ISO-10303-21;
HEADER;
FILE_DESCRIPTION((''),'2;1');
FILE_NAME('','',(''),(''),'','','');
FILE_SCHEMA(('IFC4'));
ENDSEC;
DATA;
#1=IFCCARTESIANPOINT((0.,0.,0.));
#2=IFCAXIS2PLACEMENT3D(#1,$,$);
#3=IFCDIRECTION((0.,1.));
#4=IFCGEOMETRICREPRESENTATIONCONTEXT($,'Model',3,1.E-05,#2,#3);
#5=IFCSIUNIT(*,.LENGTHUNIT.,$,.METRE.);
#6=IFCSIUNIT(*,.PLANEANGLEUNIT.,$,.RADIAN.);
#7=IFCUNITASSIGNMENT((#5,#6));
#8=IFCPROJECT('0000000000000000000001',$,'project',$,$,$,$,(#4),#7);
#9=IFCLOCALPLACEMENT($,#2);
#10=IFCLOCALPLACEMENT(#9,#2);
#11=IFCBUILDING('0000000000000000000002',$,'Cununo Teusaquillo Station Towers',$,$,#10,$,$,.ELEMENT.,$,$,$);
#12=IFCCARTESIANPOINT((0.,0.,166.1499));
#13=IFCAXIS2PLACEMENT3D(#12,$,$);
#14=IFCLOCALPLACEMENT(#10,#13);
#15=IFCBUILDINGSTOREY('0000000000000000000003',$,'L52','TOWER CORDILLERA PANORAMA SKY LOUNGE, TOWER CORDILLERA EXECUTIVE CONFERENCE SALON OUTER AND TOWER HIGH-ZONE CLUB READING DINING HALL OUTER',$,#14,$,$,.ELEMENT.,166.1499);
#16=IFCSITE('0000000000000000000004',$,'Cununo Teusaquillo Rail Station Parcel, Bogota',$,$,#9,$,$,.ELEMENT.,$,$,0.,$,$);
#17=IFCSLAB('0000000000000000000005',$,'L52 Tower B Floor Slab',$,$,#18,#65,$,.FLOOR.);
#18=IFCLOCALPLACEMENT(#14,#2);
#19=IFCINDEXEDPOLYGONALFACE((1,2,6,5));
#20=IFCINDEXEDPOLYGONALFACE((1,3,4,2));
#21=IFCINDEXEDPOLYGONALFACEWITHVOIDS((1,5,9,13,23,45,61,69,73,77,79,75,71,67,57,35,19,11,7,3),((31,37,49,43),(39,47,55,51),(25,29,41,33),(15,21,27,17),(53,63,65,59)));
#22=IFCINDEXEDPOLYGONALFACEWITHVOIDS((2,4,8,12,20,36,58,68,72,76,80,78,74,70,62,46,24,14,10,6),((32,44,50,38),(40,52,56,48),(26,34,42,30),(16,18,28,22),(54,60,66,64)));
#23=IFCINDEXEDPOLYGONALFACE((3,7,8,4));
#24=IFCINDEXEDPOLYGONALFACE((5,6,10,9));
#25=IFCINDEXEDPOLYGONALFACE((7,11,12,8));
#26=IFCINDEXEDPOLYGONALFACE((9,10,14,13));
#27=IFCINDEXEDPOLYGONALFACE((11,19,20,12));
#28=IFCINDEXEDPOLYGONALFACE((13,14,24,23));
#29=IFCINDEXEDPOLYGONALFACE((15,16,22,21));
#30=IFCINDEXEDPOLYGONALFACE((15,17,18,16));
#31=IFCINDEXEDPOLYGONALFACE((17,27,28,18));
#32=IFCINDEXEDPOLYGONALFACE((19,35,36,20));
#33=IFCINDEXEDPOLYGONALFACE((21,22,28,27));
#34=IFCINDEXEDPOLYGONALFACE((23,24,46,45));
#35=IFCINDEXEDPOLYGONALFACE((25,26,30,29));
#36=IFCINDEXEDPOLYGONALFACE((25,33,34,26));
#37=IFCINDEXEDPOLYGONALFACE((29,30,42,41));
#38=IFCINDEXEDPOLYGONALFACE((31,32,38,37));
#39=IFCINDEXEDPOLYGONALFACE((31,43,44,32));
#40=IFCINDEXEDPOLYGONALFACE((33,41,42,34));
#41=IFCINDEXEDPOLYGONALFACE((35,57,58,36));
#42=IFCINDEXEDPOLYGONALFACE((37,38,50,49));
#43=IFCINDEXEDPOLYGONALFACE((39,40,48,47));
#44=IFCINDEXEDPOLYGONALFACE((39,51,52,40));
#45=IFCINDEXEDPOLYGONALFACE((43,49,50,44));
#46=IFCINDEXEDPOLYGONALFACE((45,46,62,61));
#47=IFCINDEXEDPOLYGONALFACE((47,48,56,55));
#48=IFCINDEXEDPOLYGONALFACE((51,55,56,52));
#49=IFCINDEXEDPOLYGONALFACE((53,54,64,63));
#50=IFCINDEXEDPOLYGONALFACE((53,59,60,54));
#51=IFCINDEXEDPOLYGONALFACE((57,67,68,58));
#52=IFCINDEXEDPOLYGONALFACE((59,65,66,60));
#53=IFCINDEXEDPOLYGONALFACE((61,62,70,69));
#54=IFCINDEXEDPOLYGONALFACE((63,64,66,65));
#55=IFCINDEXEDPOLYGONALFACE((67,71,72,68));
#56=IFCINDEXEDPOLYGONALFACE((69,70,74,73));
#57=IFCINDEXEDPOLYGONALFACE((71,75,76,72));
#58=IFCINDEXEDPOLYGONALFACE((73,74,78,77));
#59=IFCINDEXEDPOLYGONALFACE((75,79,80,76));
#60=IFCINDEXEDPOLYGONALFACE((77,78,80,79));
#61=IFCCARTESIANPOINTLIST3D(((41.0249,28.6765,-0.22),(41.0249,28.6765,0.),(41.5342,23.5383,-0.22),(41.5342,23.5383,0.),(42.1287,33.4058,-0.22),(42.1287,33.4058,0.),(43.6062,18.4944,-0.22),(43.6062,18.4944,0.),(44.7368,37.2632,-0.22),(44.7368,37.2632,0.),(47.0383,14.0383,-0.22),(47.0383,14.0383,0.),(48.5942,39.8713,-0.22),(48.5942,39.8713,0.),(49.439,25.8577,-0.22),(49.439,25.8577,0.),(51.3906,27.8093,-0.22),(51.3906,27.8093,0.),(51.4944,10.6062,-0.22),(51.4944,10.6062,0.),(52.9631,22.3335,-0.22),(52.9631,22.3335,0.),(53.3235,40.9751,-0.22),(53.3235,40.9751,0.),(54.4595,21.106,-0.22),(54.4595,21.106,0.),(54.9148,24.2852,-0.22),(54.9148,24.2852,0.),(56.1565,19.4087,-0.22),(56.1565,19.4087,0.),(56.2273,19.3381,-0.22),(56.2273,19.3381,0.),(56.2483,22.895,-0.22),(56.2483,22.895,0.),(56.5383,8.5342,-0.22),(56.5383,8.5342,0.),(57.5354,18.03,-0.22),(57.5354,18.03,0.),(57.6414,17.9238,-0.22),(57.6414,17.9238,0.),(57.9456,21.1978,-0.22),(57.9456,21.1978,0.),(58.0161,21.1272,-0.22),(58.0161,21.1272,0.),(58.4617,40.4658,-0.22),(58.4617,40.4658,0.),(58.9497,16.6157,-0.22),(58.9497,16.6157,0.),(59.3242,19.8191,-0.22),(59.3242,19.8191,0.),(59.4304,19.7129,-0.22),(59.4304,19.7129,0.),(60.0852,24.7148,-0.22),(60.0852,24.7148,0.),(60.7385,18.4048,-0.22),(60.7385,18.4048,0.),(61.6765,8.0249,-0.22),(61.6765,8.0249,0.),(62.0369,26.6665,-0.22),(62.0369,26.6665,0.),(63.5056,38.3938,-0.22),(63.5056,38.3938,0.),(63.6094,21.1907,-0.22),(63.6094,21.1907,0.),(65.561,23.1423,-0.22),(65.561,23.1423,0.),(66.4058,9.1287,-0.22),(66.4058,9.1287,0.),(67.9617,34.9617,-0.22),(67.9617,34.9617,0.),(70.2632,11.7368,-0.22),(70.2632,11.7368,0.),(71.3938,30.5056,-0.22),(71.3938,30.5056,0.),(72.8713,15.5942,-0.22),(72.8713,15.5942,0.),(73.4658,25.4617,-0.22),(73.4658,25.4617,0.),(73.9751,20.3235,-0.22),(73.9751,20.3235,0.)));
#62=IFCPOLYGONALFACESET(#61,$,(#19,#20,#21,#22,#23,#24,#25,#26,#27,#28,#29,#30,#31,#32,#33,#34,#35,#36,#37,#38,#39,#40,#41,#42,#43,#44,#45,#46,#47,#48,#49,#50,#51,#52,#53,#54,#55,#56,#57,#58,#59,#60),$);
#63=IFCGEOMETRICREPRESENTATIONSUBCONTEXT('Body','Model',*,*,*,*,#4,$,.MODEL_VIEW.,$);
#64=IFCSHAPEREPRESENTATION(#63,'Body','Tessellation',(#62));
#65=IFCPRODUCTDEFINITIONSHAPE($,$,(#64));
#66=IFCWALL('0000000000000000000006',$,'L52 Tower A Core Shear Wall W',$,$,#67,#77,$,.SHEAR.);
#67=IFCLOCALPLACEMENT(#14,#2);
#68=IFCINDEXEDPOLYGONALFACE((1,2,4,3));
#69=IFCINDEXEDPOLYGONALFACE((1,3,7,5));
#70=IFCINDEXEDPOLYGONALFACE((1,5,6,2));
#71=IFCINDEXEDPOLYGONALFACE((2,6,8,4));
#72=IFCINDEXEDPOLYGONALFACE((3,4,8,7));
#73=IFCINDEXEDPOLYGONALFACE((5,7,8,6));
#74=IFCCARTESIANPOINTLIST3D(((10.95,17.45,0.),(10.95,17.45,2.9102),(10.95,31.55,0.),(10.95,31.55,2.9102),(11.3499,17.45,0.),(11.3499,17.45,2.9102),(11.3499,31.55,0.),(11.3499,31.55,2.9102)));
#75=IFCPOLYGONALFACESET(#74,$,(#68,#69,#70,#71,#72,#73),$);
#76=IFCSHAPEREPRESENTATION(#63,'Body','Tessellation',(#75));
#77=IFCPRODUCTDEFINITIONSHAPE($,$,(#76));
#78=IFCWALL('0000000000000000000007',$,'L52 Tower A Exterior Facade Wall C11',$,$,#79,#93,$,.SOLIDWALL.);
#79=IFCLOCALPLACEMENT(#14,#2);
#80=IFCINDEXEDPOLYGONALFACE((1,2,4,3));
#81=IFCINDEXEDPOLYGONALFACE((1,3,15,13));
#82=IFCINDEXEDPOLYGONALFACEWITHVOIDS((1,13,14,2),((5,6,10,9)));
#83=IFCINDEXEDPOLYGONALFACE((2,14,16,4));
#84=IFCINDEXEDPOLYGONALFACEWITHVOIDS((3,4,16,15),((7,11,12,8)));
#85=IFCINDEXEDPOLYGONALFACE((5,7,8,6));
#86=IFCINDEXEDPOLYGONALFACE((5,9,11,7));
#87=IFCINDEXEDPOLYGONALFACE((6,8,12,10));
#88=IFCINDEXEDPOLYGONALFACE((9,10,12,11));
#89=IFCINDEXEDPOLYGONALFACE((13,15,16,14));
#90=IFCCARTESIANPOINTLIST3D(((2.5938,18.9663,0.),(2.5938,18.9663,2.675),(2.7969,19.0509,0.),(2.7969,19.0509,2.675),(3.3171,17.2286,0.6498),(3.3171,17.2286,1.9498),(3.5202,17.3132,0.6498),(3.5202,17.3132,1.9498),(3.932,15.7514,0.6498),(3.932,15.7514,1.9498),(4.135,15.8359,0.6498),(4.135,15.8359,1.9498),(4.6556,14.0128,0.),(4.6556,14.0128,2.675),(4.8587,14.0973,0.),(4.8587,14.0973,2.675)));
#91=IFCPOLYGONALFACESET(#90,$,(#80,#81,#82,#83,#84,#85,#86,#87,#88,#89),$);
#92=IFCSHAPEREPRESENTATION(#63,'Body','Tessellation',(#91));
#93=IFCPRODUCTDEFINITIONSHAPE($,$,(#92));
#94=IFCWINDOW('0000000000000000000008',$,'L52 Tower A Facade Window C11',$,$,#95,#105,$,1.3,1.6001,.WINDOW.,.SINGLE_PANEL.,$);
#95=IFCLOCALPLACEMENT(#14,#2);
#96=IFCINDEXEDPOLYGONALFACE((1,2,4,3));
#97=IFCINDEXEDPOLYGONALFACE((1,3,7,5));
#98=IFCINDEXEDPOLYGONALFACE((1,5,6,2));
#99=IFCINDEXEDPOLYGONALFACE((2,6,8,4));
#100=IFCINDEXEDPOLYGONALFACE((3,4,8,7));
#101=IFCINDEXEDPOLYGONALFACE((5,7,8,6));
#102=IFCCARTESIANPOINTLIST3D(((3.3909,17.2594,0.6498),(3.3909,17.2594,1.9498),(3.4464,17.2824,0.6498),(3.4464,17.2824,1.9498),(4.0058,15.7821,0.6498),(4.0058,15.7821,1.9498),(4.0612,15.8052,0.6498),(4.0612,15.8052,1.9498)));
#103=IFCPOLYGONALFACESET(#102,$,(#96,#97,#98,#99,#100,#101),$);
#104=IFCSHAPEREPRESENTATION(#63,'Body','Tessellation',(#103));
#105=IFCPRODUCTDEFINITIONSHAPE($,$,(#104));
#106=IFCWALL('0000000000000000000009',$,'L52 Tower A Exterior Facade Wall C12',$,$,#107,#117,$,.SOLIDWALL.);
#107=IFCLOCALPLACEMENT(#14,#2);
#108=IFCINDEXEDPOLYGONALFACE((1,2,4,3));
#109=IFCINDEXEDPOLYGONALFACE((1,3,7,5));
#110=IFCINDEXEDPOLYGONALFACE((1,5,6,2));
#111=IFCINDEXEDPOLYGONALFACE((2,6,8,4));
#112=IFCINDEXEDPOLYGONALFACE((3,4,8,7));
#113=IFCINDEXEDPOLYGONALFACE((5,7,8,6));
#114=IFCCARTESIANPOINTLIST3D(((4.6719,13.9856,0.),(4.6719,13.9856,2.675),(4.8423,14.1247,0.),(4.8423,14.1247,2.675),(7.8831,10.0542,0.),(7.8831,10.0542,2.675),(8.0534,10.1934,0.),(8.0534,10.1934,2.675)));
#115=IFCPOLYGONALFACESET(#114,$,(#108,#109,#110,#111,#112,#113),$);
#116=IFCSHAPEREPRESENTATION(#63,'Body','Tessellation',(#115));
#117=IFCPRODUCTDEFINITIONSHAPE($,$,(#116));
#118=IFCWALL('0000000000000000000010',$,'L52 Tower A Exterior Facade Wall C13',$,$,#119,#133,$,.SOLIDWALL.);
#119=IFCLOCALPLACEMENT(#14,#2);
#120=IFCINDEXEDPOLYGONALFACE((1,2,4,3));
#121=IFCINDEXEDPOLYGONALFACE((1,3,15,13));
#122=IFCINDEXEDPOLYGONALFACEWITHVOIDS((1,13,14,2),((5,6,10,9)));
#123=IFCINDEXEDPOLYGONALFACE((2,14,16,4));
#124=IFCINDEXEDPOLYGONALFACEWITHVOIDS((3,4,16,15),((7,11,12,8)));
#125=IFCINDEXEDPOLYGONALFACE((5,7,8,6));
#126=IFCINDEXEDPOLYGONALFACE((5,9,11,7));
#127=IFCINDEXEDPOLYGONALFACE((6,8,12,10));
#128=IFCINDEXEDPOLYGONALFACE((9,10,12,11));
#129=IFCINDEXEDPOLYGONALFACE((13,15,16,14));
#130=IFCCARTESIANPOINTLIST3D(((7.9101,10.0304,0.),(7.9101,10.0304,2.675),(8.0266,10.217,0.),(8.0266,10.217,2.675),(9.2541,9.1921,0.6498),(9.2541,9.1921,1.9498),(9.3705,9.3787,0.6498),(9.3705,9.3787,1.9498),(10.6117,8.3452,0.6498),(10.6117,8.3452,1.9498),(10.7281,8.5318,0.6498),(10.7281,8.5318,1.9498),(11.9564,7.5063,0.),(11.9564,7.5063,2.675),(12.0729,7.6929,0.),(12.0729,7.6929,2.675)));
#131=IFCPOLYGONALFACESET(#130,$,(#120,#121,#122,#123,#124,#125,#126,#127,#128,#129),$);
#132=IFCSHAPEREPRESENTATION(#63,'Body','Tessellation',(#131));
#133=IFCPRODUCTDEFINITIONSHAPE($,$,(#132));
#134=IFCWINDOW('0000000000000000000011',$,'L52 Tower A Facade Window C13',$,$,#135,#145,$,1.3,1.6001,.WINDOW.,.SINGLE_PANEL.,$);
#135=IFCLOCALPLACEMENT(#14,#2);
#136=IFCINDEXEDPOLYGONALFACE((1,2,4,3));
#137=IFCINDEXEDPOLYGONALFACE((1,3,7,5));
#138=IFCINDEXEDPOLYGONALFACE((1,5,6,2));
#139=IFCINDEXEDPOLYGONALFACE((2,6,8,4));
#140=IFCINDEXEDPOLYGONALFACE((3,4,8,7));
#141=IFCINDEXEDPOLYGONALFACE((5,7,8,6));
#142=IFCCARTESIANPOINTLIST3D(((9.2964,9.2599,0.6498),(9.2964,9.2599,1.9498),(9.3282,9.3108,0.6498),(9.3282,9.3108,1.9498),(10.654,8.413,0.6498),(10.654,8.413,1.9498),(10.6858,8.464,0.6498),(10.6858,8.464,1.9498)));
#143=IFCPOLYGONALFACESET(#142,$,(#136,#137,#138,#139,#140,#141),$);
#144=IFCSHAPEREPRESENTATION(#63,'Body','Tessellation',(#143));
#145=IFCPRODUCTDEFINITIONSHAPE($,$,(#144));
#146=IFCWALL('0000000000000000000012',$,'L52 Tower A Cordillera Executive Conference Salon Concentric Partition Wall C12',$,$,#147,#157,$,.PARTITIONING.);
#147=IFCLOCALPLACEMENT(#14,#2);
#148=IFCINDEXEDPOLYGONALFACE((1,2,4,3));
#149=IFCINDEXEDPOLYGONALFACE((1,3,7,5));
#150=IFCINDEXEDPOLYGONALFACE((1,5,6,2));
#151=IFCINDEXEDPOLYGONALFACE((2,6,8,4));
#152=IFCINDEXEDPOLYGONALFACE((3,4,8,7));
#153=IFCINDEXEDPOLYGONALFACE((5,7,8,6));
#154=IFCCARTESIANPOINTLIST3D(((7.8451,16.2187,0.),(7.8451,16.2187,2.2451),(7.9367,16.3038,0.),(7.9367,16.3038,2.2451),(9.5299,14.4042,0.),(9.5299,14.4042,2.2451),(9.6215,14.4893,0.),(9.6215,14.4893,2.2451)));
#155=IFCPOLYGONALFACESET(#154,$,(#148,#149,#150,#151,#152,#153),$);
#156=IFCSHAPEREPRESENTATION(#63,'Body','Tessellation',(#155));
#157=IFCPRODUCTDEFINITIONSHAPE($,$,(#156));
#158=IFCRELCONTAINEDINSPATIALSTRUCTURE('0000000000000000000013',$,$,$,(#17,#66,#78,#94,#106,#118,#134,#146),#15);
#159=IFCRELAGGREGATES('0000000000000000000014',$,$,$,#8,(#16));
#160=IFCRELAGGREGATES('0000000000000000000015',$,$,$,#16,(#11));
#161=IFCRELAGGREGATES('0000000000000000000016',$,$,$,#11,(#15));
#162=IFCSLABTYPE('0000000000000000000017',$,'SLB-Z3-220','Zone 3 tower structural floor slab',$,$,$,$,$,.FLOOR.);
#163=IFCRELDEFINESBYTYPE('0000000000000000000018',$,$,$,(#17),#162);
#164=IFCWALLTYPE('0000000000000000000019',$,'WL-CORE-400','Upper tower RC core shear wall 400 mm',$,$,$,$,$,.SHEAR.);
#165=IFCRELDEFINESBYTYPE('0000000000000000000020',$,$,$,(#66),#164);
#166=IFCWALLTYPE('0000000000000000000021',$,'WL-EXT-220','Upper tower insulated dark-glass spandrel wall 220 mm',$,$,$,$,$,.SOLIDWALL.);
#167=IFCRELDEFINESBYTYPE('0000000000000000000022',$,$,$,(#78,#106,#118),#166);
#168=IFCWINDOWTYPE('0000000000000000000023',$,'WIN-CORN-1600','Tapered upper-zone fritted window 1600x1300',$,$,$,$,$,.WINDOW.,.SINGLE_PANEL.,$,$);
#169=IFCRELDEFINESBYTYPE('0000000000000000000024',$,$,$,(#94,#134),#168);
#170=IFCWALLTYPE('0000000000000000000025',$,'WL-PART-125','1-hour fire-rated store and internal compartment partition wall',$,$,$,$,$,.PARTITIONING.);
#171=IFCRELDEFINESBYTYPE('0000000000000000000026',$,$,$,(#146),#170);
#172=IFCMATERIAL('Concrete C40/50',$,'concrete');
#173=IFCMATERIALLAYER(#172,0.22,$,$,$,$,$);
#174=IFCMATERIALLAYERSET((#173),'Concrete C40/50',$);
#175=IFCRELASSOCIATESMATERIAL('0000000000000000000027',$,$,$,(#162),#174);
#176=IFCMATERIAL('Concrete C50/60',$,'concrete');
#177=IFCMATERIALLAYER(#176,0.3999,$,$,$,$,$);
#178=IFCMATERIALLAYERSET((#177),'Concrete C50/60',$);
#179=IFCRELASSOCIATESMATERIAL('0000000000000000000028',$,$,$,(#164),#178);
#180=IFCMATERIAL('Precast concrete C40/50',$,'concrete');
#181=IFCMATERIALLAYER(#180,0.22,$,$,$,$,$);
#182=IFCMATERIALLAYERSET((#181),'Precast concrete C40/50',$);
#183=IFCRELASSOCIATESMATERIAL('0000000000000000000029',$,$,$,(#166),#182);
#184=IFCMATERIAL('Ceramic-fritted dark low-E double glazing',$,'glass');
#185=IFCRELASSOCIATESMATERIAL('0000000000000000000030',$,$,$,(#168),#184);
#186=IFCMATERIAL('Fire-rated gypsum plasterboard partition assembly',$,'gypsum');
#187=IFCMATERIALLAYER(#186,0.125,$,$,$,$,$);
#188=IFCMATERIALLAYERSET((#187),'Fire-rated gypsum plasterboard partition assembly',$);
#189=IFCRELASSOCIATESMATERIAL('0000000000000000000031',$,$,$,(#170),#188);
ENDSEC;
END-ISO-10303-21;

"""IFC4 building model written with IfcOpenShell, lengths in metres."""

from ifc_helpers import new_model, si_unit, direction, frame, frame_2d, origin, place, context, subcontext, project, spatial, polyline, rectangle, outline, extrude, source, transform, mapped, material, layer, layer_set, type_object, element, fill, save


model = new_model("IFC4")

# Units and contexts
model_context = context("Model", 3, precision=1e-05, world=origin(), true_north=direction((0.0, 1.0)))
body_context = subcontext(model_context, "Body", "Model", "MODEL_VIEW")
ifc_project = project(units=[si_unit("LENGTHUNIT", "METRE"), si_unit("PLANEANGLEUNIT", "RADIAN")], contexts=[model_context])

# Site, building, storey
site_placement = place(None, origin())
site = spatial("IfcSite", under=ifc_project, at=site_placement, Name="Cununo Teusaquillo Rail Station Parcel, Bogota", CompositionType="ELEMENT", RefElevation=0.0)
building_placement = place(site_placement, origin())
building = spatial("IfcBuilding", under=site, at=building_placement, Name="Cununo Teusaquillo Station Towers", CompositionType="ELEMENT")
storey_placement = place(building_placement, frame((0.0, 0.0, 166.1499)))
storey = spatial("IfcBuildingStorey", under=building, at=storey_placement, Name="L52", Description="TOWER CORDILLERA PANORAMA SKY LOUNGE, TOWER CORDILLERA EXECUTIVE CONFERENCE SALON OUTER AND TOWER HIGH-ZONE CLUB READING DINING HALL OUTER", CompositionType="ELEMENT", Elevation=166.1499)

# Slab
ifc_material_1 = material(Name="Concrete C40/50", Category="concrete")
ifc_layer_1 = layer(ifc_material_1, 0.22)
ifc_layer_set_1 = layer_set([ifc_layer_1], Name="Concrete C40/50")
slab_type_1 = type_object("IfcSlabType", Name="SLB-Z3-220", Description="Zone 3 tower structural floor slab", PredefinedType="FLOOR", material=ifc_layer_set_1)
slab_1_placement = place(storey_placement, frame((0.0, 0.0, -0.22)))
element("IfcSlab", 1, at=slab_1_placement, inside=storey, type_object=slab_type_1, Name="L52 Tower B Floor Slab", PredefinedType="FLOOR", context=body_context, shape_type="SweptSolid", body=[
    extrude(outline(polyline([(67.9617, 34.9617), (63.5056, 38.3938), (58.4617, 40.4658), (53.3235, 40.9751), (48.5942, 39.8713), (44.7368, 37.2632), (42.1287, 33.4058), (41.0249, 28.6765), (41.5342, 23.5383), (43.6062, 18.4944), (47.0383, 14.0383), (51.4944, 10.6062), (56.5383, 8.5342), (61.6765, 8.0249), (66.4058, 9.1287), (70.2632, 11.7368), (72.8713, 15.5942), (73.9751, 20.3235), (73.4658, 25.4617), (71.3938, 30.5056), (67.9617, 34.9617)]), holes=[polyline([(54.9148, 24.2852), (51.3906, 27.8093), (49.439, 25.8577), (52.9631, 22.3335), (54.9148, 24.2852)]), polyline([(60.0852, 24.7148), (63.6094, 21.1907), (65.561, 23.1423), (62.0369, 26.6665), (60.0852, 24.7148)]), polyline([(56.1565, 19.4087), (57.9456, 21.1978), (56.2483, 22.895), (54.4595, 21.106), (56.1565, 19.4087)]), polyline([(58.9497, 16.6157), (60.7385, 18.4048), (59.4304, 19.7129), (57.6414, 17.9238), (58.9497, 16.6157)]), polyline([(57.5354, 18.03), (59.3242, 19.8191), (58.0161, 21.1272), (56.2273, 19.3381), (57.5354, 18.03)])]), origin(), (0.0, 0.0, 1.0), 0.22),
])

# Wall
ifc_material_2 = material(Name="Concrete C50/60", Category="concrete")
ifc_layer_2 = layer(ifc_material_2, 0.3999)
ifc_layer_set_2 = layer_set([ifc_layer_2], Name="Concrete C50/60")
wall_type_1 = type_object("IfcWallType", Name="WL-CORE-400", Description="Upper tower RC core shear wall 400 mm", PredefinedType="SHEAR", material=ifc_layer_set_2)
wall_1_placement = place(storey_placement, frame((11.1499, 17.45, 0.0), z_axis=(0.0, 0.0, 1.0), x_axis=(0.0, 1.0, 0.0)))
element("IfcWall", 2, at=wall_1_placement, inside=storey, type_object=wall_type_1, Name="L52 Tower A Core Shear Wall W", PredefinedType="SHEAR", context=body_context, shape_type="SweptSolid", body=[
    extrude(rectangle(XDim=14.1001, YDim=0.3999, at=frame_2d((7.05, 0.0))), origin(), (0.0, 0.0, 1.0), 2.9102),
])

# Wall, opening, window
ifc_material_3 = material(Name="Precast concrete C40/50", Category="concrete")
ifc_layer_3 = layer(ifc_material_3, 0.22)
ifc_layer_set_3 = layer_set([ifc_layer_3], Name="Precast concrete C40/50")
wall_type_2 = type_object("IfcWallType", Name="WL-EXT-220", Description="Upper tower insulated dark-glass spandrel wall 220 mm", PredefinedType="SOLIDWALL", material=ifc_layer_set_3)
wall_2_placement = place(storey_placement, frame((4.7571, 14.0552, 0.0), z_axis=(0.0, 0.0, 1.0), x_axis=(-0.38426, 0.923225, 0.0)))
wall_2 = element("IfcWall", 3, at=wall_2_placement, inside=storey, type_object=wall_type_2, Name="L52 Tower A Exterior Facade Wall C11", PredefinedType="SOLIDWALL", context=body_context, shape_type="SweptSolid", body=[
    extrude(rectangle(XDim=5.3655, YDim=0.22, at=frame_2d((2.6826, 0.0))), origin(), (0.0, 0.0, 1.0), 2.675),
])
shared_shape_1 = source(origin(), body_context, "Body", "SweptSolid", [
    extrude(rectangle(XDim=1.6001, YDim=1.3, at=frame_2d((0.8, 0.6499))), frame((0.0, 0.1199, 0.0), z_axis=(0.0, -1.0, 0.0), x_axis=(1.0, 0.0, 0.0)), (0.0, 0.0, 1.0), 0.24),
])
opening_1_placement = place(wall_2_placement, frame((1.8831, 0.0, 0.6499)))
opening_1 = element("IfcOpeningElement", 4, at=opening_1_placement, cuts=wall_2, PredefinedType="OPENING", context=body_context, shape_type="MappedRepresentation", body=[
    mapped(shared_shape_1, transform((0.0, 0.0, 0.0), x_axis=(1.0, 0.0, 0.0), y_axis=(0.0, 1.0, 0.0), z_axis=(0.0, 0.0, 1.0), scale=1.0)),
])
ifc_material_4 = material(Name="Ceramic-fritted dark low-E double glazing", Category="glass")
window_type = type_object("IfcWindowType", Name="WIN-CORN-1600", Description="Tapered upper-zone fritted window 1600x1300", PartitioningType="SINGLE_PANEL", PredefinedType="WINDOW", material=ifc_material_4)
shared_shape_2 = source(origin(), body_context, "Body", "SweptSolid", [
    extrude(rectangle(XDim=1.6001, YDim=1.3, at=frame_2d((0.8, 0.6499))), frame((0.0, 0.03, 0.0), z_axis=(0.0, -1.0, 0.0), x_axis=(1.0, 0.0, 0.0)), (0.0, 0.0, 1.0), 0.0601),
])
window_1_placement = place(opening_1_placement, origin())
window_1 = element("IfcWindow", 5, at=window_1_placement, inside=storey, type_object=window_type, Name="L52 Tower A Facade Window C11", OverallHeight=1.3, OverallWidth=1.6001, PartitioningType="SINGLE_PANEL", PredefinedType="WINDOW", context=body_context, shape_type="MappedRepresentation", body=[
    mapped(shared_shape_2, transform((0.0, 0.0, 0.0), x_axis=(1.0, 0.0, 0.0), y_axis=(0.0, 1.0, 0.0), z_axis=(0.0, 0.0, 1.0), scale=1.0)),
])
fill(opening_1, window_1)

# Wall
wall_3_placement = place(storey_placement, frame((7.9683, 10.1238, 0.0), z_axis=(0.0, 0.0, 1.0), x_axis=(-0.632599, 0.77448, 0.0)))
element("IfcWall", 6, at=wall_3_placement, inside=storey, type_object=wall_type_2, Name="L52 Tower A Exterior Facade Wall C12", PredefinedType="SOLIDWALL", context=body_context, shape_type="SweptSolid", body=[
    extrude(rectangle(XDim=5.0762, YDim=0.22, at=frame_2d((2.5381, 0.0))), origin(), (0.0, 0.0, 1.0), 2.675),
])

# Wall, opening, window
wall_4_placement = place(storey_placement, frame((12.0146, 7.5996, 0.0), z_axis=(0.0, 0.0, 1.0), x_axis=(-0.848452, 0.529272, 0.0)))
wall_4 = element("IfcWall", 7, at=wall_4_placement, inside=storey, type_object=wall_type_2, Name="L52 Tower A Exterior Facade Wall C13", PredefinedType="SOLIDWALL", context=body_context, shape_type="SweptSolid", body=[
    extrude(rectangle(XDim=4.769, YDim=0.22, at=frame_2d((2.3845, 0.0))), origin(), (0.0, 0.0, 1.0), 2.675),
])
opening_2_placement = place(wall_4_placement, frame((1.585, 0.0, 0.6499)))
opening_2 = element("IfcOpeningElement", 8, at=opening_2_placement, cuts=wall_4, PredefinedType="OPENING", context=body_context, shape_type="MappedRepresentation", body=[
    mapped(shared_shape_1, transform((0.0, 0.0, 0.0), x_axis=(1.0, 0.0, 0.0), y_axis=(0.0, 1.0, 0.0), z_axis=(0.0, 0.0, 1.0), scale=1.0)),
])
window_2_placement = place(opening_2_placement, origin())
window_2 = element("IfcWindow", 9, at=window_2_placement, inside=storey, type_object=window_type, Name="L52 Tower A Facade Window C13", OverallHeight=1.3, OverallWidth=1.6001, PartitioningType="SINGLE_PANEL", PredefinedType="WINDOW", context=body_context, shape_type="MappedRepresentation", body=[
    mapped(shared_shape_2, transform((0.0, 0.0, 0.0), x_axis=(1.0, 0.0, 0.0), y_axis=(0.0, 1.0, 0.0), z_axis=(0.0, 0.0, 1.0), scale=1.0)),
])
fill(opening_2, window_2)

# Wall
ifc_material_5 = material(Name="Fire-rated gypsum plasterboard partition assembly", Category="gypsum")
ifc_layer_4 = layer(ifc_material_5, 0.125)
ifc_layer_set_4 = layer_set([ifc_layer_4], Name="Fire-rated gypsum plasterboard partition assembly")
wall_type_3 = type_object("IfcWallType", Name="WL-PART-125", Description="1-hour fire-rated store and internal compartment partition wall", PredefinedType="PARTITIONING", material=ifc_layer_set_4)
wall_5_placement = place(storey_placement, frame((7.8909, 16.2612, 0.0), z_axis=(0.0, 0.0, 1.0), x_axis=(0.680444, -0.732801, 0.0)))
element("IfcWall", 10, at=wall_5_placement, inside=storey, type_object=wall_type_3, Name="L52 Tower A Cordillera Executive Conference Salon Concentric Partition Wall C12", PredefinedType="PARTITIONING", context=body_context, shape_type="SweptSolid", body=[
    extrude(rectangle(XDim=2.4761, YDim=0.125, at=frame_2d((1.238, 0.0))), origin(), (0.0, 0.0, 1.0), 2.2451),
])

save(model, "model.ifc")
